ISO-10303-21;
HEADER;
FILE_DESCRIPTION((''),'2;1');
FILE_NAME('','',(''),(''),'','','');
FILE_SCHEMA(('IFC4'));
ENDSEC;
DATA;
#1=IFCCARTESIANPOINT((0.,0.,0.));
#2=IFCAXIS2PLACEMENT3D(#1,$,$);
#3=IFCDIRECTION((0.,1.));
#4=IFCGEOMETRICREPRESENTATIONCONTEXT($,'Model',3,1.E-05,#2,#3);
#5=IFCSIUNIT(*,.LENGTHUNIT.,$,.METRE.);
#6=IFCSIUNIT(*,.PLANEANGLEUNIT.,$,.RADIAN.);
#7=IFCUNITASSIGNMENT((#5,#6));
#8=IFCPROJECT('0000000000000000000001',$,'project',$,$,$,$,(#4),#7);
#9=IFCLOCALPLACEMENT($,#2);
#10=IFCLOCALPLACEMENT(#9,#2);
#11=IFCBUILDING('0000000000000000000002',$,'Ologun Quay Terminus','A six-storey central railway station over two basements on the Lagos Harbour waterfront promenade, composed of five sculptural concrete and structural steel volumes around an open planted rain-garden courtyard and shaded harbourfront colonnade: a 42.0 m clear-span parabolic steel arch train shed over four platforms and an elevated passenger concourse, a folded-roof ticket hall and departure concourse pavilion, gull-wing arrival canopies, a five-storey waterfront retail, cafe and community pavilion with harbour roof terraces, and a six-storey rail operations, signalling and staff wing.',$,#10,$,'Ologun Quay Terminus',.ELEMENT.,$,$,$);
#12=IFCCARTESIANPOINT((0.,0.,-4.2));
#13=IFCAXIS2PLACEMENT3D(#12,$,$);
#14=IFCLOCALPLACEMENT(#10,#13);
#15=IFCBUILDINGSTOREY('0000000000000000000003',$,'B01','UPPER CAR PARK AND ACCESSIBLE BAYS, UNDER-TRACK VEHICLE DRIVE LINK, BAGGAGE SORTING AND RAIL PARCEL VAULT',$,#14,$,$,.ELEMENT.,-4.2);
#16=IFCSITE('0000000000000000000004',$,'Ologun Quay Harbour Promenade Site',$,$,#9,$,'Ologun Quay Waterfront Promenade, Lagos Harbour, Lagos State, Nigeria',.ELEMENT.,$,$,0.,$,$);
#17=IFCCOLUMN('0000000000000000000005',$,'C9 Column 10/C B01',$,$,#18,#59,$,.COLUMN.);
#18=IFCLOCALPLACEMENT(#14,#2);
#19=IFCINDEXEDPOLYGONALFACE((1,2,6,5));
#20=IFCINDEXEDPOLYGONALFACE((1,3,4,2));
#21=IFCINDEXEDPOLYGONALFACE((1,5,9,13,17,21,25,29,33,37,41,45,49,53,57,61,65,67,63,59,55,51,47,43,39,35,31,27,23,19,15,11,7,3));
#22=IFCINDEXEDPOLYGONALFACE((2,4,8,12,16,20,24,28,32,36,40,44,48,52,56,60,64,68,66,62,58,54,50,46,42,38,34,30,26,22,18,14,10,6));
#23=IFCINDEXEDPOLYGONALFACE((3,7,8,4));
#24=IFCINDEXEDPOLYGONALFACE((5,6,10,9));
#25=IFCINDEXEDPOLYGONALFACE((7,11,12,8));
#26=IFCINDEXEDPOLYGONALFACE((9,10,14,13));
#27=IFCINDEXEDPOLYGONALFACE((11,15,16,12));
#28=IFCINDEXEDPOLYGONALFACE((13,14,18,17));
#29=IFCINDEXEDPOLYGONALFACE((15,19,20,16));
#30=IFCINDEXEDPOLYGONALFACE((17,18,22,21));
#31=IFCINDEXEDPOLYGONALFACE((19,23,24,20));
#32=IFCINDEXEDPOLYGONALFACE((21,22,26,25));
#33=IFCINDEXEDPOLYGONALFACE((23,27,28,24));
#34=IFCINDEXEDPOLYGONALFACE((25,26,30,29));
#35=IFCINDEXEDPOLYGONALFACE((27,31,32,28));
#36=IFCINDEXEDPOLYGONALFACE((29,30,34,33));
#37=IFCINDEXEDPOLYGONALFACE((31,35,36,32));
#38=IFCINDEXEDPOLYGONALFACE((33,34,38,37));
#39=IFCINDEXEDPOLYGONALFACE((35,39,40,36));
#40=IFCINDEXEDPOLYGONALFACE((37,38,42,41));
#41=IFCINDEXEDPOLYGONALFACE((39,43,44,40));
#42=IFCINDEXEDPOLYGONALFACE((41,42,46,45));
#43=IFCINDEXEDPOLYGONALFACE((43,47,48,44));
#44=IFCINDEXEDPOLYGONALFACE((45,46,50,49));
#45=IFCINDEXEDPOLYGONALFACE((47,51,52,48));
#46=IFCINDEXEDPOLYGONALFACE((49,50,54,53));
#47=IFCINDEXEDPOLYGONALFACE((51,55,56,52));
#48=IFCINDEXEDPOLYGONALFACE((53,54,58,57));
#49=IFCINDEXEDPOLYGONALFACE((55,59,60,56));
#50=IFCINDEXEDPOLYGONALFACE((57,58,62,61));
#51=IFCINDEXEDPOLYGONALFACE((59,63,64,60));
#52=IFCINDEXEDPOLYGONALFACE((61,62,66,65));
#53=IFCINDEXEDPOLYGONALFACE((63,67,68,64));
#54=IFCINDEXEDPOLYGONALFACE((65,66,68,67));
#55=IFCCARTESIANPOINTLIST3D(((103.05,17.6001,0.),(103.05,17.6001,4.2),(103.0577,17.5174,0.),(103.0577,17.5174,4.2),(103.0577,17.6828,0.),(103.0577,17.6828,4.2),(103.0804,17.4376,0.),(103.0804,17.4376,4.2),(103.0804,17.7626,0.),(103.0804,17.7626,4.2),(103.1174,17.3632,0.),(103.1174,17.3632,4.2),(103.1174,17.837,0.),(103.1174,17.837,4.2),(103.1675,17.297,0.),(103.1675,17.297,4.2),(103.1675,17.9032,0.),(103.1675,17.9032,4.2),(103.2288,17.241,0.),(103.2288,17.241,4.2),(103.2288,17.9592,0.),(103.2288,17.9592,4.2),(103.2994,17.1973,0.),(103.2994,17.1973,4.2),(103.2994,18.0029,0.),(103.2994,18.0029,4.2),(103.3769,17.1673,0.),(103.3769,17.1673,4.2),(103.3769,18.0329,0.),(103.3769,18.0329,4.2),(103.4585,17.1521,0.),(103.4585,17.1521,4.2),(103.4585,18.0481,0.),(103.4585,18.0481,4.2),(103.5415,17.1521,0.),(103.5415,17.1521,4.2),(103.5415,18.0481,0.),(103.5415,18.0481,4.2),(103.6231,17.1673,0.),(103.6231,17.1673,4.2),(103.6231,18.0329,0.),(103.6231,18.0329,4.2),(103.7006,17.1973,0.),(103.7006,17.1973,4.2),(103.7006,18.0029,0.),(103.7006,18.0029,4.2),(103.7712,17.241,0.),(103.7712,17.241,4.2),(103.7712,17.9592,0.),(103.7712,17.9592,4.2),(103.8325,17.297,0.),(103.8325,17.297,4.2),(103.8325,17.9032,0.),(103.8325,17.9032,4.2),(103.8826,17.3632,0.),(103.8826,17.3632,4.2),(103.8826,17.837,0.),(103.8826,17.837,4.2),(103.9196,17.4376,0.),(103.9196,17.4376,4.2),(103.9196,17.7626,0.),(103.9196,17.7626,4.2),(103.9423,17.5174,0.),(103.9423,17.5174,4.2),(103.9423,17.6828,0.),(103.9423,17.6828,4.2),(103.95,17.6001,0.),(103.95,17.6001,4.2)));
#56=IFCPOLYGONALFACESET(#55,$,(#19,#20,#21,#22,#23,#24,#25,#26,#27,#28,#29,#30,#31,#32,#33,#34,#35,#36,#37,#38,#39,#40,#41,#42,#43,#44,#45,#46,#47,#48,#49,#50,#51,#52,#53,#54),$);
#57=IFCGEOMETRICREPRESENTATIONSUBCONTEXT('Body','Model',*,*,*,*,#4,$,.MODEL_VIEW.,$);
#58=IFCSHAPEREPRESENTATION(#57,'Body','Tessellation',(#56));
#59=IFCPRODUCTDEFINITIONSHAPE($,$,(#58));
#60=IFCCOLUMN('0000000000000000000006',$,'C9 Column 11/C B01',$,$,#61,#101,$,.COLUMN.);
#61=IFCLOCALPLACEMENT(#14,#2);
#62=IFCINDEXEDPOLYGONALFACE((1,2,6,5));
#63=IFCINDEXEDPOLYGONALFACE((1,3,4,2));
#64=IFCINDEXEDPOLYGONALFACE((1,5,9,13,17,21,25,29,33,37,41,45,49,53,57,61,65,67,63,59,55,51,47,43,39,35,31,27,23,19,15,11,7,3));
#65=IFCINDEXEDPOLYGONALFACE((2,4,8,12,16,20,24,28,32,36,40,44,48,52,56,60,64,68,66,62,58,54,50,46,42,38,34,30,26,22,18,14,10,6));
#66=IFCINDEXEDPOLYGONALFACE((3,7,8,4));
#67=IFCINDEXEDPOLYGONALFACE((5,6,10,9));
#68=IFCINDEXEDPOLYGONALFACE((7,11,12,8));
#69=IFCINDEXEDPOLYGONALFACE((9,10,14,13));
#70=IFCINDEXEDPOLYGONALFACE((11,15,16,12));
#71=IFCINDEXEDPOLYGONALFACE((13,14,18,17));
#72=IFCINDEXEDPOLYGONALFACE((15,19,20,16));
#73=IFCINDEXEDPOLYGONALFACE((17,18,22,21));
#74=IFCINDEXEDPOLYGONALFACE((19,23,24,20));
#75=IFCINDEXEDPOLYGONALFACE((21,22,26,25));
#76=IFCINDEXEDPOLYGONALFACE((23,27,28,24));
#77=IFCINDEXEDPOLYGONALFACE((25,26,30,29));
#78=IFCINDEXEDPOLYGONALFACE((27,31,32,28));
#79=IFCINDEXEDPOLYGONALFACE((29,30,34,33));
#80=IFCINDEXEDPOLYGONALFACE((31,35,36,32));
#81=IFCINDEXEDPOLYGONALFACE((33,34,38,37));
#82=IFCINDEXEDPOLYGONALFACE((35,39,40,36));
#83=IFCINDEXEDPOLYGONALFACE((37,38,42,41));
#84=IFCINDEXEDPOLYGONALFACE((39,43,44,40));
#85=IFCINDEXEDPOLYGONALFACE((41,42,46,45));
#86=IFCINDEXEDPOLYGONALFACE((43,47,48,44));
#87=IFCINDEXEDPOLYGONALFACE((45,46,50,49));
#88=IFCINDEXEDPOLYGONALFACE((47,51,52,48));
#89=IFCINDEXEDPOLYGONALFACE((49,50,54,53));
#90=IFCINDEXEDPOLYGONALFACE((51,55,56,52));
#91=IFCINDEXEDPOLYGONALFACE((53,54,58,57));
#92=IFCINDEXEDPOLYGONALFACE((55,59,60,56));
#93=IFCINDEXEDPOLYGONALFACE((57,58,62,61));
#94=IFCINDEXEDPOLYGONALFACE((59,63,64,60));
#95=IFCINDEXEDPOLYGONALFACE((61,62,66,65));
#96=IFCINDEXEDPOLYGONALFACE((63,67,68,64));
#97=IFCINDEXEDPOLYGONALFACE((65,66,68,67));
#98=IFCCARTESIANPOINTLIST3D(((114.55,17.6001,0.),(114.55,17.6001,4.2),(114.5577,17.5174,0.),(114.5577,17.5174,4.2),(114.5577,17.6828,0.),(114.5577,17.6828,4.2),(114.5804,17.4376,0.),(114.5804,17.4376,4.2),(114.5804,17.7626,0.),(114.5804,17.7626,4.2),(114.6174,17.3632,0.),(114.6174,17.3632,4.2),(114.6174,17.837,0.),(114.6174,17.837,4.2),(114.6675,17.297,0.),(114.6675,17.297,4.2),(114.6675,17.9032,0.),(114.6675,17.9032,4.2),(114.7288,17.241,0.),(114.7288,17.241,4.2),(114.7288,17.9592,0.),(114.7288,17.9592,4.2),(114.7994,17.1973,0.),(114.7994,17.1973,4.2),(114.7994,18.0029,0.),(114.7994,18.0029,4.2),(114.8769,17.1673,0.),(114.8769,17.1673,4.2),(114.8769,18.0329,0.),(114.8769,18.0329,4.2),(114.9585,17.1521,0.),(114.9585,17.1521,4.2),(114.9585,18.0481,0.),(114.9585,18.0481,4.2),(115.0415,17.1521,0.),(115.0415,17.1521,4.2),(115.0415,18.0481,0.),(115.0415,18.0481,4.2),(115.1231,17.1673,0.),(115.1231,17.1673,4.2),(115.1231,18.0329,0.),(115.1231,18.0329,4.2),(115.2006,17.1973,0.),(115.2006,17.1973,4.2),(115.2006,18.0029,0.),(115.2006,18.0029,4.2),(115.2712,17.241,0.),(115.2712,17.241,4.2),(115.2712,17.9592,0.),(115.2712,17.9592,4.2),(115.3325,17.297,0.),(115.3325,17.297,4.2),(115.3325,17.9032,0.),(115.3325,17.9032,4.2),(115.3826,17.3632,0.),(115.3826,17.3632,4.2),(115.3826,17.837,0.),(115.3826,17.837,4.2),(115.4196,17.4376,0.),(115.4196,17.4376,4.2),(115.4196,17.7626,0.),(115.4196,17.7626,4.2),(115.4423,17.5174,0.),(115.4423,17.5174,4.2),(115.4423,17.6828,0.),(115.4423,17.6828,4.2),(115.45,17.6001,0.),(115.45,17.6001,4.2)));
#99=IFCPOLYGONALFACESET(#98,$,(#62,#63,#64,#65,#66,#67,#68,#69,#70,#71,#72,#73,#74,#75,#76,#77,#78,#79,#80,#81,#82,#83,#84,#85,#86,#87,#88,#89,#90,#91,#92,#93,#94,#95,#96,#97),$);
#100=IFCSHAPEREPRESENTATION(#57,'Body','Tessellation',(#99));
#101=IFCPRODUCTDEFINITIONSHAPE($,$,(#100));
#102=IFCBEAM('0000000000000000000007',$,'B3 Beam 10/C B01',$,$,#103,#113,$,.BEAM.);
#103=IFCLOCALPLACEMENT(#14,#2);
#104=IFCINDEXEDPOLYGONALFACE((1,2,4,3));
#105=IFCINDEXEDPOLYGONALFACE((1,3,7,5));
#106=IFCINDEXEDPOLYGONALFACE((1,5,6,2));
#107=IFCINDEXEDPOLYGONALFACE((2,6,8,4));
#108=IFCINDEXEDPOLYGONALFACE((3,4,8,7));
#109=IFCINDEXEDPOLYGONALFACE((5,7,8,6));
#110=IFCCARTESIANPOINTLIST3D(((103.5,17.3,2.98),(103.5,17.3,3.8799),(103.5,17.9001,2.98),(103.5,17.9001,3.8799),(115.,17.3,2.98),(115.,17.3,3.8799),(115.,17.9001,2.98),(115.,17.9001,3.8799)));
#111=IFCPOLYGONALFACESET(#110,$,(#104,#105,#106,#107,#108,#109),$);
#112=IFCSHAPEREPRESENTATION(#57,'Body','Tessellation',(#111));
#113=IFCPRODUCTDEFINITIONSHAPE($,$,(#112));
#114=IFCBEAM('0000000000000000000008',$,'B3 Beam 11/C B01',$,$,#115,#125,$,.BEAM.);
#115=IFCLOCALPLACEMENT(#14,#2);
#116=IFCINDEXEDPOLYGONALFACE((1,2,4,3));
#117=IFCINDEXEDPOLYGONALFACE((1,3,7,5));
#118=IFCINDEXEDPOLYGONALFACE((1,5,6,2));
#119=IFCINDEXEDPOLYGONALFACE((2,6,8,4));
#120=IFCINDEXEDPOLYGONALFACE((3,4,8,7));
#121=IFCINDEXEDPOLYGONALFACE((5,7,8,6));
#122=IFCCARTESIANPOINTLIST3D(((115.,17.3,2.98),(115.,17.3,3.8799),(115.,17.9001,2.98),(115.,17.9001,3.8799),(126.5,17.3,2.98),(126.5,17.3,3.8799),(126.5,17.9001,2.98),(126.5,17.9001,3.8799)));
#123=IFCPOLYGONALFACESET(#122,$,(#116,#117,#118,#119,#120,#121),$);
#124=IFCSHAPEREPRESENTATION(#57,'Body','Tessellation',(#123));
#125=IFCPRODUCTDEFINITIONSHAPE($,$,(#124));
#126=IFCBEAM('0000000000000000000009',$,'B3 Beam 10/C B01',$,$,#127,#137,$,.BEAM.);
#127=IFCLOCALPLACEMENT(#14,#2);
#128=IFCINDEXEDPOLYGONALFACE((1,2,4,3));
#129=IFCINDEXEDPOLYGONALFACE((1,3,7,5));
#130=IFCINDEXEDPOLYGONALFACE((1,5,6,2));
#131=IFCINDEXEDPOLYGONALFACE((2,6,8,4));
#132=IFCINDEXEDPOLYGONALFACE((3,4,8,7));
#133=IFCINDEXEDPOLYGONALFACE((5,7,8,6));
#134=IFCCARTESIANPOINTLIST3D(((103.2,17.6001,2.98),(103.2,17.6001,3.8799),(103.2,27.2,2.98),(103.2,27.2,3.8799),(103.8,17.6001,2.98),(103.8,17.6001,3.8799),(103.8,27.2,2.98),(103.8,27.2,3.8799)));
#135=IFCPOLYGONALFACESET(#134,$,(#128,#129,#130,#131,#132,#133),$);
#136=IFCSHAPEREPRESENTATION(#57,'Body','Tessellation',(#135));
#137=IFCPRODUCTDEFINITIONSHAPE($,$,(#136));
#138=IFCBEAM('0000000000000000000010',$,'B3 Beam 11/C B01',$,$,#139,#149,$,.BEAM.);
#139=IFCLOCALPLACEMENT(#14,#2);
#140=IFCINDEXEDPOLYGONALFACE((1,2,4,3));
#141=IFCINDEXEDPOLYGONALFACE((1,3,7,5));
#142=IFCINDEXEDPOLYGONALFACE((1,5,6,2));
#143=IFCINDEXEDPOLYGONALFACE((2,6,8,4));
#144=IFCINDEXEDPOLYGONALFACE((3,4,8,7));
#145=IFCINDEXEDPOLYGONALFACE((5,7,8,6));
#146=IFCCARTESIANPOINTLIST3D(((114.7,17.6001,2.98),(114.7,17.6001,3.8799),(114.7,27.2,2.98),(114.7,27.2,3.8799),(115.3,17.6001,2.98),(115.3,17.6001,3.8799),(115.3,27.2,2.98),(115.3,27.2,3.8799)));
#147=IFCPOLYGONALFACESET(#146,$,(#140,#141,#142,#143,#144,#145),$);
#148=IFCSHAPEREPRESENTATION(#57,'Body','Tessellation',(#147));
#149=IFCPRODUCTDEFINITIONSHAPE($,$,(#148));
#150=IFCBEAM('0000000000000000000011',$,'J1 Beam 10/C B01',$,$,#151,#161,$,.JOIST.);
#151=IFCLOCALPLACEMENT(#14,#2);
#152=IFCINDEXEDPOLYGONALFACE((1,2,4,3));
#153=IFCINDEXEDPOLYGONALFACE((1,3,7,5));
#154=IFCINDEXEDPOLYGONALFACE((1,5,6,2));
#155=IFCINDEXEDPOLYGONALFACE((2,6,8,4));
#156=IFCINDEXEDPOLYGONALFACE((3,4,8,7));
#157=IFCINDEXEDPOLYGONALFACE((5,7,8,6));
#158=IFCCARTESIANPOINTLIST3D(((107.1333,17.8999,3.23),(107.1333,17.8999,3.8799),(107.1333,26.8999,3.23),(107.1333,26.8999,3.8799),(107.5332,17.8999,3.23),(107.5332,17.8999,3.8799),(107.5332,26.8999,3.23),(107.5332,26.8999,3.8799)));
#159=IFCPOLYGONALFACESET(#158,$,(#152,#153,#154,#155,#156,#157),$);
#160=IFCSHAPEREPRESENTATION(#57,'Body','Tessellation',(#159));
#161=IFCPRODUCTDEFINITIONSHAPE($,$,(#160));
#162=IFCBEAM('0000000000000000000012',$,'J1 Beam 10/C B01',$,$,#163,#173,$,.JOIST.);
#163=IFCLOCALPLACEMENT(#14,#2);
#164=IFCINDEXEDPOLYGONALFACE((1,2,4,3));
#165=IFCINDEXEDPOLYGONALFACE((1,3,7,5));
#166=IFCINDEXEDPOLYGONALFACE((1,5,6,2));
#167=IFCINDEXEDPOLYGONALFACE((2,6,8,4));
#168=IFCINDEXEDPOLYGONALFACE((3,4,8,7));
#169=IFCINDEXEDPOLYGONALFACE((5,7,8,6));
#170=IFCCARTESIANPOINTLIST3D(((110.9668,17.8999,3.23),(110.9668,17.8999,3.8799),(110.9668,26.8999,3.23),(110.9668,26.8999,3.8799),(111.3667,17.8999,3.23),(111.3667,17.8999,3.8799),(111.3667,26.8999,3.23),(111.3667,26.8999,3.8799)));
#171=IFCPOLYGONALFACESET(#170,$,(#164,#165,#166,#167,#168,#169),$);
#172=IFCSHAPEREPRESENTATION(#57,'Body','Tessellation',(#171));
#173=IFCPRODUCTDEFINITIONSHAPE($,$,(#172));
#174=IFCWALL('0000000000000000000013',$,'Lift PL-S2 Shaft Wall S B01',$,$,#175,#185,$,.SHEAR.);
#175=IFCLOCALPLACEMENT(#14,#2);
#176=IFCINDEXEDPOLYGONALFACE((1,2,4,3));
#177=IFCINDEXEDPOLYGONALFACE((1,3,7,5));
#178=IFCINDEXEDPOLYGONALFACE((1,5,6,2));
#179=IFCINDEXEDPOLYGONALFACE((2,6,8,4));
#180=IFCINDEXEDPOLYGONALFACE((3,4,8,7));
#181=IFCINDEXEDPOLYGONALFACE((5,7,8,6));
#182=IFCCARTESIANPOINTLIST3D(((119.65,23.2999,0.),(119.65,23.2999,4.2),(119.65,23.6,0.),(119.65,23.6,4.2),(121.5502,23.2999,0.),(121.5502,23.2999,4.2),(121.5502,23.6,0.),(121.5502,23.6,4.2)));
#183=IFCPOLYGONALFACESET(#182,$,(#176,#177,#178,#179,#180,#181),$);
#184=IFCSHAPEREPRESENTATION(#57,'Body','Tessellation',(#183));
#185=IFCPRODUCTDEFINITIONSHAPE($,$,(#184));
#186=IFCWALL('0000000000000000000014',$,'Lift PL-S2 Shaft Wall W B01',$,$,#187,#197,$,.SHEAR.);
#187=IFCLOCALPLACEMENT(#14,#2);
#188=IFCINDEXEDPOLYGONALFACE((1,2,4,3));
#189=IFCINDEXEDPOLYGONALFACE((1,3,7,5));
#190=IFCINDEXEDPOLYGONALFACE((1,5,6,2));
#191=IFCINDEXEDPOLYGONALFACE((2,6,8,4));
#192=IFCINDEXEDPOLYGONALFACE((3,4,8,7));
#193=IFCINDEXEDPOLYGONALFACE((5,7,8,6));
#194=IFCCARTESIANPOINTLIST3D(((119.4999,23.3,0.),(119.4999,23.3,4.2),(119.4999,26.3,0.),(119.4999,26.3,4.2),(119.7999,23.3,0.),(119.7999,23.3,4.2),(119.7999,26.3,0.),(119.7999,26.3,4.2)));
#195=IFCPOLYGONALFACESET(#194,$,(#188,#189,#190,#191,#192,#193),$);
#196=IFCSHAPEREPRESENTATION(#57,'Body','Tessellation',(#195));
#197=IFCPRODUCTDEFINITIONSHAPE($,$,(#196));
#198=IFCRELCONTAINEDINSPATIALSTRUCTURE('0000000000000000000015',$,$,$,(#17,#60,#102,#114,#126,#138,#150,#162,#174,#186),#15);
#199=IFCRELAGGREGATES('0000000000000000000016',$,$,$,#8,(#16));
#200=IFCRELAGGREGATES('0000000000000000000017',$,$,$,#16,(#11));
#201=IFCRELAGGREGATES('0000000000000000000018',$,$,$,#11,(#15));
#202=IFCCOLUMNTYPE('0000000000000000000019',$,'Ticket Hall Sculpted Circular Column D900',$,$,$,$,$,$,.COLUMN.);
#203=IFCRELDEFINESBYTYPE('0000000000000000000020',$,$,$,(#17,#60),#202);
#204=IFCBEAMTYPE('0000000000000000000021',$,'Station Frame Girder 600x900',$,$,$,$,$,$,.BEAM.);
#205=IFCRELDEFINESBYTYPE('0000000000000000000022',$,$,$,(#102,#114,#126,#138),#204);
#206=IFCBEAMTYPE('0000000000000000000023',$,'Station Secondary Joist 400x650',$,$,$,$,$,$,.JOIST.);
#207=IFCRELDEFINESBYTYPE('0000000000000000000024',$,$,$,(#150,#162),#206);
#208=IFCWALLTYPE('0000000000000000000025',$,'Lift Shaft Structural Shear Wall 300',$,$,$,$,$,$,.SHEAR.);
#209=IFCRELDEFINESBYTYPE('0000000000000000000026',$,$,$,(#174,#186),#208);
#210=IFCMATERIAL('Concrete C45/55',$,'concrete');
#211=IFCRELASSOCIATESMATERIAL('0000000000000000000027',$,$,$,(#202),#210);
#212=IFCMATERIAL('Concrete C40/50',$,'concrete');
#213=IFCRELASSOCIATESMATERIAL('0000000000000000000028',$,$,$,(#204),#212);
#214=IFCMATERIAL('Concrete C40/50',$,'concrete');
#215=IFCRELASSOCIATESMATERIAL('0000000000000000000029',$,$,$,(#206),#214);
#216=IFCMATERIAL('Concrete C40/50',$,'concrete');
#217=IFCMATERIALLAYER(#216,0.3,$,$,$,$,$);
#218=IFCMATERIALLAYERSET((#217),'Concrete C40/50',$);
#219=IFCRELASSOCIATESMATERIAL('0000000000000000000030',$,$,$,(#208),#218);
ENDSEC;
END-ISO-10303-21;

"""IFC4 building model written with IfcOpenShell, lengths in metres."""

from ifc_helpers import new_model, si_unit, direction, frame, frame_2d, origin, origin_2d, place, context, subcontext, project, spatial, rectangle, circle, extrude, material, layer, layer_set, material_profile, profile_set, type_object, element, save


model = new_model("IFC4")

# Units and contexts
model_context = context("Model", 3, precision=1e-05, world=origin(), true_north=direction((0.0, 1.0)))
body_context = subcontext(model_context, "Body", "Model", "MODEL_VIEW")
ifc_project = project(units=[si_unit("LENGTHUNIT", "METRE"), si_unit("PLANEANGLEUNIT", "RADIAN")], contexts=[model_context])

# Site, building, storey
site_placement = place(None, origin())
site = spatial("IfcSite", under=ifc_project, at=site_placement, Name="Ologun Quay Harbour Promenade Site", LongName="Ologun Quay Waterfront Promenade, Lagos Harbour, Lagos State, Nigeria", CompositionType="ELEMENT", RefElevation=0.0)
building_placement = place(site_placement, origin())
building = spatial("IfcBuilding", under=site, at=building_placement, Name="Ologun Quay Terminus", Description="A six-storey central railway station over two basements on the Lagos Harbour waterfront promenade, composed of five sculptural concrete and structural steel volumes around an open planted rain-garden courtyard and shaded harbourfront colonnade: a 42.0 m clear-span parabolic steel arch train shed over four platforms and an elevated passenger concourse, a folded-roof ticket hall and departure concourse pavilion, gull-wing arrival canopies, a five-storey waterfront retail, cafe and community pavilion with harbour roof terraces, and a six-storey rail operations, signalling and staff wing.", LongName="Ologun Quay Terminus", CompositionType="ELEMENT")
storey_placement = place(building_placement, frame((0.0, 0.0, -4.2)))
storey = spatial("IfcBuildingStorey", under=building, at=storey_placement, Name="B01", Description="UPPER CAR PARK AND ACCESSIBLE BAYS, UNDER-TRACK VEHICLE DRIVE LINK, BAGGAGE SORTING AND RAIL PARCEL VAULT", CompositionType="ELEMENT", Elevation=-4.2)

# Columns
ifc_material_1 = material(Name="Concrete C45/55", Category="concrete")
ifc_material_profile_1 = material_profile(ifc_material_1, circle(Radius=0.45, at=origin_2d()), Name="RC D900")
ifc_profile_set_1 = profile_set([ifc_material_profile_1], Name="Concrete C45/55")
column_type = type_object("IfcColumnType", Name="Ticket Hall Sculpted Circular Column D900", PredefinedType="COLUMN", material=ifc_profile_set_1)
for number, where, z_axis, x_axis, name in (
    (1, (103.5, 17.6001, 0.0), (0.0, 0.0, 1.0), (1.0, 0.0, 0.0), "C9 Column 10/C B01"),
    (2, (115.0, 17.6001, 0.0), (0.0, 0.0, 1.0), (1.0, 0.0, 0.0), "C9 Column 11/C B01"),
):
    element("IfcColumn", number, at=place(storey_placement, frame(where, z_axis=z_axis, x_axis=x_axis)), inside=storey, type_object=column_type, Name=name, PredefinedType="COLUMN", context=body_context, shape_type="SweptSolid", body=[
        extrude(circle(Radius=0.45, at=origin_2d()), origin(), (0.0, 0.0, 1.0), 4.2),
    ])

# Beams
ifc_material_2 = material(Name="Concrete C40/50", Category="concrete")
ifc_material_profile_2 = material_profile(ifc_material_2, rectangle(XDim=0.6001, YDim=0.8999, at=origin_2d()), Name="RC 600x900")
ifc_profile_set_2 = profile_set([ifc_material_profile_2], Name="Concrete C40/50")
beam_type_1 = type_object("IfcBeamType", Name="Station Frame Girder 600x900", PredefinedType="BEAM", material=ifc_profile_set_2)
for number, where, z_axis, x_axis, name in (
    (3, (103.5, 17.6001, 3.4299), (1.0, 0.0, 0.0), (0.0, 1.0, 0.0), "B3 Beam 10/C B01"),
    (4, (115.0, 17.6001, 3.4299), (1.0, 0.0, 0.0), (0.0, 1.0, 0.0), "B3 Beam 11/C B01"),
):
    element("IfcBeam", number, at=place(storey_placement, frame(where, z_axis=z_axis, x_axis=x_axis)), inside=storey, type_object=beam_type_1, Name=name, PredefinedType="BEAM", context=body_context, shape_type="SweptSolid", body=[
        extrude(rectangle(XDim=0.6001, YDim=0.8999, at=origin_2d()), origin(), (0.0, 0.0, 1.0), 11.5),
    ])
for number, where, z_axis, x_axis, name in (
    (5, (103.5, 17.6001, 3.4299), (0.0, 1.0, 0.0), (-1.0, 0.0, 0.0), "B3 Beam 10/C B01"),
    (6, (115.0, 17.6001, 3.4299), (0.0, 1.0, 0.0), (-1.0, 0.0, 0.0), "B3 Beam 11/C B01"),
):
    element("IfcBeam", number, at=place(storey_placement, frame(where, z_axis=z_axis, x_axis=x_axis)), inside=storey, type_object=beam_type_1, Name=name, PredefinedType="BEAM", context=body_context, shape_type="SweptSolid", body=[
        extrude(rectangle(XDim=0.6001, YDim=0.8999, at=origin_2d()), origin(), (0.0, 0.0, 1.0), 9.5999),
    ])
ifc_material_3 = material(Name="Concrete C40/50", Category="concrete")
ifc_material_profile_3 = material_profile(ifc_material_3, rectangle(XDim=0.3999, YDim=0.6499, at=origin_2d()), Name="RC 400x650")
ifc_profile_set_3 = profile_set([ifc_material_profile_3], Name="Concrete C40/50")
beam_type_2 = type_object("IfcBeamType", Name="Station Secondary Joist 400x650", PredefinedType="JOIST", material=ifc_profile_set_3)
for number, where, z_axis, x_axis, name in (
    (7, (107.3333, 17.8999, 3.5549), (0.0, 1.0, 0.0), (-1.0, 0.0, 0.0), "J1 Beam 10/C B01"),
    (8, (111.1667, 17.8999, 3.5549), (0.0, 1.0, 0.0), (-1.0, 0.0, 0.0), "J1 Beam 10/C B01"),
):
    element("IfcBeam", number, at=place(storey_placement, frame(where, z_axis=z_axis, x_axis=x_axis)), inside=storey, type_object=beam_type_2, Name=name, PredefinedType="JOIST", context=body_context, shape_type="SweptSolid", body=[
        extrude(rectangle(XDim=0.3999, YDim=0.6499, at=origin_2d()), origin(), (0.0, 0.0, 1.0), 9.0),
    ])

# Walls
ifc_material_4 = material(Name="Concrete C40/50", Category="concrete")
ifc_layer_1 = layer(ifc_material_4, 0.3)
ifc_layer_set_1 = layer_set([ifc_layer_1], Name="Concrete C40/50")
wall_type_1 = type_object("IfcWallType", Name="Lift Shaft Structural Shear Wall 300", PredefinedType="SHEAR", material=ifc_layer_set_1)
wall_1_placement = place(storey_placement, frame((119.6499, 23.45, 0.0), z_axis=(0.0, 0.0, 1.0), x_axis=(1.0, 0.0, 0.0)))
element("IfcWall", 9, at=wall_1_placement, inside=storey, type_object=wall_type_1, Name="Lift PL-S2 Shaft Wall S B01", PredefinedType="SHEAR", context=body_context, shape_type="SweptSolid", body=[
    extrude(rectangle(XDim=1.9001, YDim=0.3, at=frame_2d((0.9502, 0.0))), origin(), (0.0, 0.0, 1.0), 4.2),
])
for number, where, z_axis, x_axis, name in (
    (10, (119.6499, 23.3, 0.0), (0.0, 0.0, 1.0), (0.0, 1.0, 0.0), "Lift PL-S2 Shaft Wall W B01"),
):
    element("IfcWall", number, at=place(storey_placement, frame(where, z_axis=z_axis, x_axis=x_axis)), inside=storey, type_object=wall_type_1, Name=name, PredefinedType="SHEAR", context=body_context, shape_type="SweptSolid", body=[
        extrude(rectangle(XDim=3.0, YDim=0.3, at=frame_2d((1.5, 0.0))), origin(), (0.0, 0.0, 1.0), 4.2),
    ])

save(model, "model.ifc")
